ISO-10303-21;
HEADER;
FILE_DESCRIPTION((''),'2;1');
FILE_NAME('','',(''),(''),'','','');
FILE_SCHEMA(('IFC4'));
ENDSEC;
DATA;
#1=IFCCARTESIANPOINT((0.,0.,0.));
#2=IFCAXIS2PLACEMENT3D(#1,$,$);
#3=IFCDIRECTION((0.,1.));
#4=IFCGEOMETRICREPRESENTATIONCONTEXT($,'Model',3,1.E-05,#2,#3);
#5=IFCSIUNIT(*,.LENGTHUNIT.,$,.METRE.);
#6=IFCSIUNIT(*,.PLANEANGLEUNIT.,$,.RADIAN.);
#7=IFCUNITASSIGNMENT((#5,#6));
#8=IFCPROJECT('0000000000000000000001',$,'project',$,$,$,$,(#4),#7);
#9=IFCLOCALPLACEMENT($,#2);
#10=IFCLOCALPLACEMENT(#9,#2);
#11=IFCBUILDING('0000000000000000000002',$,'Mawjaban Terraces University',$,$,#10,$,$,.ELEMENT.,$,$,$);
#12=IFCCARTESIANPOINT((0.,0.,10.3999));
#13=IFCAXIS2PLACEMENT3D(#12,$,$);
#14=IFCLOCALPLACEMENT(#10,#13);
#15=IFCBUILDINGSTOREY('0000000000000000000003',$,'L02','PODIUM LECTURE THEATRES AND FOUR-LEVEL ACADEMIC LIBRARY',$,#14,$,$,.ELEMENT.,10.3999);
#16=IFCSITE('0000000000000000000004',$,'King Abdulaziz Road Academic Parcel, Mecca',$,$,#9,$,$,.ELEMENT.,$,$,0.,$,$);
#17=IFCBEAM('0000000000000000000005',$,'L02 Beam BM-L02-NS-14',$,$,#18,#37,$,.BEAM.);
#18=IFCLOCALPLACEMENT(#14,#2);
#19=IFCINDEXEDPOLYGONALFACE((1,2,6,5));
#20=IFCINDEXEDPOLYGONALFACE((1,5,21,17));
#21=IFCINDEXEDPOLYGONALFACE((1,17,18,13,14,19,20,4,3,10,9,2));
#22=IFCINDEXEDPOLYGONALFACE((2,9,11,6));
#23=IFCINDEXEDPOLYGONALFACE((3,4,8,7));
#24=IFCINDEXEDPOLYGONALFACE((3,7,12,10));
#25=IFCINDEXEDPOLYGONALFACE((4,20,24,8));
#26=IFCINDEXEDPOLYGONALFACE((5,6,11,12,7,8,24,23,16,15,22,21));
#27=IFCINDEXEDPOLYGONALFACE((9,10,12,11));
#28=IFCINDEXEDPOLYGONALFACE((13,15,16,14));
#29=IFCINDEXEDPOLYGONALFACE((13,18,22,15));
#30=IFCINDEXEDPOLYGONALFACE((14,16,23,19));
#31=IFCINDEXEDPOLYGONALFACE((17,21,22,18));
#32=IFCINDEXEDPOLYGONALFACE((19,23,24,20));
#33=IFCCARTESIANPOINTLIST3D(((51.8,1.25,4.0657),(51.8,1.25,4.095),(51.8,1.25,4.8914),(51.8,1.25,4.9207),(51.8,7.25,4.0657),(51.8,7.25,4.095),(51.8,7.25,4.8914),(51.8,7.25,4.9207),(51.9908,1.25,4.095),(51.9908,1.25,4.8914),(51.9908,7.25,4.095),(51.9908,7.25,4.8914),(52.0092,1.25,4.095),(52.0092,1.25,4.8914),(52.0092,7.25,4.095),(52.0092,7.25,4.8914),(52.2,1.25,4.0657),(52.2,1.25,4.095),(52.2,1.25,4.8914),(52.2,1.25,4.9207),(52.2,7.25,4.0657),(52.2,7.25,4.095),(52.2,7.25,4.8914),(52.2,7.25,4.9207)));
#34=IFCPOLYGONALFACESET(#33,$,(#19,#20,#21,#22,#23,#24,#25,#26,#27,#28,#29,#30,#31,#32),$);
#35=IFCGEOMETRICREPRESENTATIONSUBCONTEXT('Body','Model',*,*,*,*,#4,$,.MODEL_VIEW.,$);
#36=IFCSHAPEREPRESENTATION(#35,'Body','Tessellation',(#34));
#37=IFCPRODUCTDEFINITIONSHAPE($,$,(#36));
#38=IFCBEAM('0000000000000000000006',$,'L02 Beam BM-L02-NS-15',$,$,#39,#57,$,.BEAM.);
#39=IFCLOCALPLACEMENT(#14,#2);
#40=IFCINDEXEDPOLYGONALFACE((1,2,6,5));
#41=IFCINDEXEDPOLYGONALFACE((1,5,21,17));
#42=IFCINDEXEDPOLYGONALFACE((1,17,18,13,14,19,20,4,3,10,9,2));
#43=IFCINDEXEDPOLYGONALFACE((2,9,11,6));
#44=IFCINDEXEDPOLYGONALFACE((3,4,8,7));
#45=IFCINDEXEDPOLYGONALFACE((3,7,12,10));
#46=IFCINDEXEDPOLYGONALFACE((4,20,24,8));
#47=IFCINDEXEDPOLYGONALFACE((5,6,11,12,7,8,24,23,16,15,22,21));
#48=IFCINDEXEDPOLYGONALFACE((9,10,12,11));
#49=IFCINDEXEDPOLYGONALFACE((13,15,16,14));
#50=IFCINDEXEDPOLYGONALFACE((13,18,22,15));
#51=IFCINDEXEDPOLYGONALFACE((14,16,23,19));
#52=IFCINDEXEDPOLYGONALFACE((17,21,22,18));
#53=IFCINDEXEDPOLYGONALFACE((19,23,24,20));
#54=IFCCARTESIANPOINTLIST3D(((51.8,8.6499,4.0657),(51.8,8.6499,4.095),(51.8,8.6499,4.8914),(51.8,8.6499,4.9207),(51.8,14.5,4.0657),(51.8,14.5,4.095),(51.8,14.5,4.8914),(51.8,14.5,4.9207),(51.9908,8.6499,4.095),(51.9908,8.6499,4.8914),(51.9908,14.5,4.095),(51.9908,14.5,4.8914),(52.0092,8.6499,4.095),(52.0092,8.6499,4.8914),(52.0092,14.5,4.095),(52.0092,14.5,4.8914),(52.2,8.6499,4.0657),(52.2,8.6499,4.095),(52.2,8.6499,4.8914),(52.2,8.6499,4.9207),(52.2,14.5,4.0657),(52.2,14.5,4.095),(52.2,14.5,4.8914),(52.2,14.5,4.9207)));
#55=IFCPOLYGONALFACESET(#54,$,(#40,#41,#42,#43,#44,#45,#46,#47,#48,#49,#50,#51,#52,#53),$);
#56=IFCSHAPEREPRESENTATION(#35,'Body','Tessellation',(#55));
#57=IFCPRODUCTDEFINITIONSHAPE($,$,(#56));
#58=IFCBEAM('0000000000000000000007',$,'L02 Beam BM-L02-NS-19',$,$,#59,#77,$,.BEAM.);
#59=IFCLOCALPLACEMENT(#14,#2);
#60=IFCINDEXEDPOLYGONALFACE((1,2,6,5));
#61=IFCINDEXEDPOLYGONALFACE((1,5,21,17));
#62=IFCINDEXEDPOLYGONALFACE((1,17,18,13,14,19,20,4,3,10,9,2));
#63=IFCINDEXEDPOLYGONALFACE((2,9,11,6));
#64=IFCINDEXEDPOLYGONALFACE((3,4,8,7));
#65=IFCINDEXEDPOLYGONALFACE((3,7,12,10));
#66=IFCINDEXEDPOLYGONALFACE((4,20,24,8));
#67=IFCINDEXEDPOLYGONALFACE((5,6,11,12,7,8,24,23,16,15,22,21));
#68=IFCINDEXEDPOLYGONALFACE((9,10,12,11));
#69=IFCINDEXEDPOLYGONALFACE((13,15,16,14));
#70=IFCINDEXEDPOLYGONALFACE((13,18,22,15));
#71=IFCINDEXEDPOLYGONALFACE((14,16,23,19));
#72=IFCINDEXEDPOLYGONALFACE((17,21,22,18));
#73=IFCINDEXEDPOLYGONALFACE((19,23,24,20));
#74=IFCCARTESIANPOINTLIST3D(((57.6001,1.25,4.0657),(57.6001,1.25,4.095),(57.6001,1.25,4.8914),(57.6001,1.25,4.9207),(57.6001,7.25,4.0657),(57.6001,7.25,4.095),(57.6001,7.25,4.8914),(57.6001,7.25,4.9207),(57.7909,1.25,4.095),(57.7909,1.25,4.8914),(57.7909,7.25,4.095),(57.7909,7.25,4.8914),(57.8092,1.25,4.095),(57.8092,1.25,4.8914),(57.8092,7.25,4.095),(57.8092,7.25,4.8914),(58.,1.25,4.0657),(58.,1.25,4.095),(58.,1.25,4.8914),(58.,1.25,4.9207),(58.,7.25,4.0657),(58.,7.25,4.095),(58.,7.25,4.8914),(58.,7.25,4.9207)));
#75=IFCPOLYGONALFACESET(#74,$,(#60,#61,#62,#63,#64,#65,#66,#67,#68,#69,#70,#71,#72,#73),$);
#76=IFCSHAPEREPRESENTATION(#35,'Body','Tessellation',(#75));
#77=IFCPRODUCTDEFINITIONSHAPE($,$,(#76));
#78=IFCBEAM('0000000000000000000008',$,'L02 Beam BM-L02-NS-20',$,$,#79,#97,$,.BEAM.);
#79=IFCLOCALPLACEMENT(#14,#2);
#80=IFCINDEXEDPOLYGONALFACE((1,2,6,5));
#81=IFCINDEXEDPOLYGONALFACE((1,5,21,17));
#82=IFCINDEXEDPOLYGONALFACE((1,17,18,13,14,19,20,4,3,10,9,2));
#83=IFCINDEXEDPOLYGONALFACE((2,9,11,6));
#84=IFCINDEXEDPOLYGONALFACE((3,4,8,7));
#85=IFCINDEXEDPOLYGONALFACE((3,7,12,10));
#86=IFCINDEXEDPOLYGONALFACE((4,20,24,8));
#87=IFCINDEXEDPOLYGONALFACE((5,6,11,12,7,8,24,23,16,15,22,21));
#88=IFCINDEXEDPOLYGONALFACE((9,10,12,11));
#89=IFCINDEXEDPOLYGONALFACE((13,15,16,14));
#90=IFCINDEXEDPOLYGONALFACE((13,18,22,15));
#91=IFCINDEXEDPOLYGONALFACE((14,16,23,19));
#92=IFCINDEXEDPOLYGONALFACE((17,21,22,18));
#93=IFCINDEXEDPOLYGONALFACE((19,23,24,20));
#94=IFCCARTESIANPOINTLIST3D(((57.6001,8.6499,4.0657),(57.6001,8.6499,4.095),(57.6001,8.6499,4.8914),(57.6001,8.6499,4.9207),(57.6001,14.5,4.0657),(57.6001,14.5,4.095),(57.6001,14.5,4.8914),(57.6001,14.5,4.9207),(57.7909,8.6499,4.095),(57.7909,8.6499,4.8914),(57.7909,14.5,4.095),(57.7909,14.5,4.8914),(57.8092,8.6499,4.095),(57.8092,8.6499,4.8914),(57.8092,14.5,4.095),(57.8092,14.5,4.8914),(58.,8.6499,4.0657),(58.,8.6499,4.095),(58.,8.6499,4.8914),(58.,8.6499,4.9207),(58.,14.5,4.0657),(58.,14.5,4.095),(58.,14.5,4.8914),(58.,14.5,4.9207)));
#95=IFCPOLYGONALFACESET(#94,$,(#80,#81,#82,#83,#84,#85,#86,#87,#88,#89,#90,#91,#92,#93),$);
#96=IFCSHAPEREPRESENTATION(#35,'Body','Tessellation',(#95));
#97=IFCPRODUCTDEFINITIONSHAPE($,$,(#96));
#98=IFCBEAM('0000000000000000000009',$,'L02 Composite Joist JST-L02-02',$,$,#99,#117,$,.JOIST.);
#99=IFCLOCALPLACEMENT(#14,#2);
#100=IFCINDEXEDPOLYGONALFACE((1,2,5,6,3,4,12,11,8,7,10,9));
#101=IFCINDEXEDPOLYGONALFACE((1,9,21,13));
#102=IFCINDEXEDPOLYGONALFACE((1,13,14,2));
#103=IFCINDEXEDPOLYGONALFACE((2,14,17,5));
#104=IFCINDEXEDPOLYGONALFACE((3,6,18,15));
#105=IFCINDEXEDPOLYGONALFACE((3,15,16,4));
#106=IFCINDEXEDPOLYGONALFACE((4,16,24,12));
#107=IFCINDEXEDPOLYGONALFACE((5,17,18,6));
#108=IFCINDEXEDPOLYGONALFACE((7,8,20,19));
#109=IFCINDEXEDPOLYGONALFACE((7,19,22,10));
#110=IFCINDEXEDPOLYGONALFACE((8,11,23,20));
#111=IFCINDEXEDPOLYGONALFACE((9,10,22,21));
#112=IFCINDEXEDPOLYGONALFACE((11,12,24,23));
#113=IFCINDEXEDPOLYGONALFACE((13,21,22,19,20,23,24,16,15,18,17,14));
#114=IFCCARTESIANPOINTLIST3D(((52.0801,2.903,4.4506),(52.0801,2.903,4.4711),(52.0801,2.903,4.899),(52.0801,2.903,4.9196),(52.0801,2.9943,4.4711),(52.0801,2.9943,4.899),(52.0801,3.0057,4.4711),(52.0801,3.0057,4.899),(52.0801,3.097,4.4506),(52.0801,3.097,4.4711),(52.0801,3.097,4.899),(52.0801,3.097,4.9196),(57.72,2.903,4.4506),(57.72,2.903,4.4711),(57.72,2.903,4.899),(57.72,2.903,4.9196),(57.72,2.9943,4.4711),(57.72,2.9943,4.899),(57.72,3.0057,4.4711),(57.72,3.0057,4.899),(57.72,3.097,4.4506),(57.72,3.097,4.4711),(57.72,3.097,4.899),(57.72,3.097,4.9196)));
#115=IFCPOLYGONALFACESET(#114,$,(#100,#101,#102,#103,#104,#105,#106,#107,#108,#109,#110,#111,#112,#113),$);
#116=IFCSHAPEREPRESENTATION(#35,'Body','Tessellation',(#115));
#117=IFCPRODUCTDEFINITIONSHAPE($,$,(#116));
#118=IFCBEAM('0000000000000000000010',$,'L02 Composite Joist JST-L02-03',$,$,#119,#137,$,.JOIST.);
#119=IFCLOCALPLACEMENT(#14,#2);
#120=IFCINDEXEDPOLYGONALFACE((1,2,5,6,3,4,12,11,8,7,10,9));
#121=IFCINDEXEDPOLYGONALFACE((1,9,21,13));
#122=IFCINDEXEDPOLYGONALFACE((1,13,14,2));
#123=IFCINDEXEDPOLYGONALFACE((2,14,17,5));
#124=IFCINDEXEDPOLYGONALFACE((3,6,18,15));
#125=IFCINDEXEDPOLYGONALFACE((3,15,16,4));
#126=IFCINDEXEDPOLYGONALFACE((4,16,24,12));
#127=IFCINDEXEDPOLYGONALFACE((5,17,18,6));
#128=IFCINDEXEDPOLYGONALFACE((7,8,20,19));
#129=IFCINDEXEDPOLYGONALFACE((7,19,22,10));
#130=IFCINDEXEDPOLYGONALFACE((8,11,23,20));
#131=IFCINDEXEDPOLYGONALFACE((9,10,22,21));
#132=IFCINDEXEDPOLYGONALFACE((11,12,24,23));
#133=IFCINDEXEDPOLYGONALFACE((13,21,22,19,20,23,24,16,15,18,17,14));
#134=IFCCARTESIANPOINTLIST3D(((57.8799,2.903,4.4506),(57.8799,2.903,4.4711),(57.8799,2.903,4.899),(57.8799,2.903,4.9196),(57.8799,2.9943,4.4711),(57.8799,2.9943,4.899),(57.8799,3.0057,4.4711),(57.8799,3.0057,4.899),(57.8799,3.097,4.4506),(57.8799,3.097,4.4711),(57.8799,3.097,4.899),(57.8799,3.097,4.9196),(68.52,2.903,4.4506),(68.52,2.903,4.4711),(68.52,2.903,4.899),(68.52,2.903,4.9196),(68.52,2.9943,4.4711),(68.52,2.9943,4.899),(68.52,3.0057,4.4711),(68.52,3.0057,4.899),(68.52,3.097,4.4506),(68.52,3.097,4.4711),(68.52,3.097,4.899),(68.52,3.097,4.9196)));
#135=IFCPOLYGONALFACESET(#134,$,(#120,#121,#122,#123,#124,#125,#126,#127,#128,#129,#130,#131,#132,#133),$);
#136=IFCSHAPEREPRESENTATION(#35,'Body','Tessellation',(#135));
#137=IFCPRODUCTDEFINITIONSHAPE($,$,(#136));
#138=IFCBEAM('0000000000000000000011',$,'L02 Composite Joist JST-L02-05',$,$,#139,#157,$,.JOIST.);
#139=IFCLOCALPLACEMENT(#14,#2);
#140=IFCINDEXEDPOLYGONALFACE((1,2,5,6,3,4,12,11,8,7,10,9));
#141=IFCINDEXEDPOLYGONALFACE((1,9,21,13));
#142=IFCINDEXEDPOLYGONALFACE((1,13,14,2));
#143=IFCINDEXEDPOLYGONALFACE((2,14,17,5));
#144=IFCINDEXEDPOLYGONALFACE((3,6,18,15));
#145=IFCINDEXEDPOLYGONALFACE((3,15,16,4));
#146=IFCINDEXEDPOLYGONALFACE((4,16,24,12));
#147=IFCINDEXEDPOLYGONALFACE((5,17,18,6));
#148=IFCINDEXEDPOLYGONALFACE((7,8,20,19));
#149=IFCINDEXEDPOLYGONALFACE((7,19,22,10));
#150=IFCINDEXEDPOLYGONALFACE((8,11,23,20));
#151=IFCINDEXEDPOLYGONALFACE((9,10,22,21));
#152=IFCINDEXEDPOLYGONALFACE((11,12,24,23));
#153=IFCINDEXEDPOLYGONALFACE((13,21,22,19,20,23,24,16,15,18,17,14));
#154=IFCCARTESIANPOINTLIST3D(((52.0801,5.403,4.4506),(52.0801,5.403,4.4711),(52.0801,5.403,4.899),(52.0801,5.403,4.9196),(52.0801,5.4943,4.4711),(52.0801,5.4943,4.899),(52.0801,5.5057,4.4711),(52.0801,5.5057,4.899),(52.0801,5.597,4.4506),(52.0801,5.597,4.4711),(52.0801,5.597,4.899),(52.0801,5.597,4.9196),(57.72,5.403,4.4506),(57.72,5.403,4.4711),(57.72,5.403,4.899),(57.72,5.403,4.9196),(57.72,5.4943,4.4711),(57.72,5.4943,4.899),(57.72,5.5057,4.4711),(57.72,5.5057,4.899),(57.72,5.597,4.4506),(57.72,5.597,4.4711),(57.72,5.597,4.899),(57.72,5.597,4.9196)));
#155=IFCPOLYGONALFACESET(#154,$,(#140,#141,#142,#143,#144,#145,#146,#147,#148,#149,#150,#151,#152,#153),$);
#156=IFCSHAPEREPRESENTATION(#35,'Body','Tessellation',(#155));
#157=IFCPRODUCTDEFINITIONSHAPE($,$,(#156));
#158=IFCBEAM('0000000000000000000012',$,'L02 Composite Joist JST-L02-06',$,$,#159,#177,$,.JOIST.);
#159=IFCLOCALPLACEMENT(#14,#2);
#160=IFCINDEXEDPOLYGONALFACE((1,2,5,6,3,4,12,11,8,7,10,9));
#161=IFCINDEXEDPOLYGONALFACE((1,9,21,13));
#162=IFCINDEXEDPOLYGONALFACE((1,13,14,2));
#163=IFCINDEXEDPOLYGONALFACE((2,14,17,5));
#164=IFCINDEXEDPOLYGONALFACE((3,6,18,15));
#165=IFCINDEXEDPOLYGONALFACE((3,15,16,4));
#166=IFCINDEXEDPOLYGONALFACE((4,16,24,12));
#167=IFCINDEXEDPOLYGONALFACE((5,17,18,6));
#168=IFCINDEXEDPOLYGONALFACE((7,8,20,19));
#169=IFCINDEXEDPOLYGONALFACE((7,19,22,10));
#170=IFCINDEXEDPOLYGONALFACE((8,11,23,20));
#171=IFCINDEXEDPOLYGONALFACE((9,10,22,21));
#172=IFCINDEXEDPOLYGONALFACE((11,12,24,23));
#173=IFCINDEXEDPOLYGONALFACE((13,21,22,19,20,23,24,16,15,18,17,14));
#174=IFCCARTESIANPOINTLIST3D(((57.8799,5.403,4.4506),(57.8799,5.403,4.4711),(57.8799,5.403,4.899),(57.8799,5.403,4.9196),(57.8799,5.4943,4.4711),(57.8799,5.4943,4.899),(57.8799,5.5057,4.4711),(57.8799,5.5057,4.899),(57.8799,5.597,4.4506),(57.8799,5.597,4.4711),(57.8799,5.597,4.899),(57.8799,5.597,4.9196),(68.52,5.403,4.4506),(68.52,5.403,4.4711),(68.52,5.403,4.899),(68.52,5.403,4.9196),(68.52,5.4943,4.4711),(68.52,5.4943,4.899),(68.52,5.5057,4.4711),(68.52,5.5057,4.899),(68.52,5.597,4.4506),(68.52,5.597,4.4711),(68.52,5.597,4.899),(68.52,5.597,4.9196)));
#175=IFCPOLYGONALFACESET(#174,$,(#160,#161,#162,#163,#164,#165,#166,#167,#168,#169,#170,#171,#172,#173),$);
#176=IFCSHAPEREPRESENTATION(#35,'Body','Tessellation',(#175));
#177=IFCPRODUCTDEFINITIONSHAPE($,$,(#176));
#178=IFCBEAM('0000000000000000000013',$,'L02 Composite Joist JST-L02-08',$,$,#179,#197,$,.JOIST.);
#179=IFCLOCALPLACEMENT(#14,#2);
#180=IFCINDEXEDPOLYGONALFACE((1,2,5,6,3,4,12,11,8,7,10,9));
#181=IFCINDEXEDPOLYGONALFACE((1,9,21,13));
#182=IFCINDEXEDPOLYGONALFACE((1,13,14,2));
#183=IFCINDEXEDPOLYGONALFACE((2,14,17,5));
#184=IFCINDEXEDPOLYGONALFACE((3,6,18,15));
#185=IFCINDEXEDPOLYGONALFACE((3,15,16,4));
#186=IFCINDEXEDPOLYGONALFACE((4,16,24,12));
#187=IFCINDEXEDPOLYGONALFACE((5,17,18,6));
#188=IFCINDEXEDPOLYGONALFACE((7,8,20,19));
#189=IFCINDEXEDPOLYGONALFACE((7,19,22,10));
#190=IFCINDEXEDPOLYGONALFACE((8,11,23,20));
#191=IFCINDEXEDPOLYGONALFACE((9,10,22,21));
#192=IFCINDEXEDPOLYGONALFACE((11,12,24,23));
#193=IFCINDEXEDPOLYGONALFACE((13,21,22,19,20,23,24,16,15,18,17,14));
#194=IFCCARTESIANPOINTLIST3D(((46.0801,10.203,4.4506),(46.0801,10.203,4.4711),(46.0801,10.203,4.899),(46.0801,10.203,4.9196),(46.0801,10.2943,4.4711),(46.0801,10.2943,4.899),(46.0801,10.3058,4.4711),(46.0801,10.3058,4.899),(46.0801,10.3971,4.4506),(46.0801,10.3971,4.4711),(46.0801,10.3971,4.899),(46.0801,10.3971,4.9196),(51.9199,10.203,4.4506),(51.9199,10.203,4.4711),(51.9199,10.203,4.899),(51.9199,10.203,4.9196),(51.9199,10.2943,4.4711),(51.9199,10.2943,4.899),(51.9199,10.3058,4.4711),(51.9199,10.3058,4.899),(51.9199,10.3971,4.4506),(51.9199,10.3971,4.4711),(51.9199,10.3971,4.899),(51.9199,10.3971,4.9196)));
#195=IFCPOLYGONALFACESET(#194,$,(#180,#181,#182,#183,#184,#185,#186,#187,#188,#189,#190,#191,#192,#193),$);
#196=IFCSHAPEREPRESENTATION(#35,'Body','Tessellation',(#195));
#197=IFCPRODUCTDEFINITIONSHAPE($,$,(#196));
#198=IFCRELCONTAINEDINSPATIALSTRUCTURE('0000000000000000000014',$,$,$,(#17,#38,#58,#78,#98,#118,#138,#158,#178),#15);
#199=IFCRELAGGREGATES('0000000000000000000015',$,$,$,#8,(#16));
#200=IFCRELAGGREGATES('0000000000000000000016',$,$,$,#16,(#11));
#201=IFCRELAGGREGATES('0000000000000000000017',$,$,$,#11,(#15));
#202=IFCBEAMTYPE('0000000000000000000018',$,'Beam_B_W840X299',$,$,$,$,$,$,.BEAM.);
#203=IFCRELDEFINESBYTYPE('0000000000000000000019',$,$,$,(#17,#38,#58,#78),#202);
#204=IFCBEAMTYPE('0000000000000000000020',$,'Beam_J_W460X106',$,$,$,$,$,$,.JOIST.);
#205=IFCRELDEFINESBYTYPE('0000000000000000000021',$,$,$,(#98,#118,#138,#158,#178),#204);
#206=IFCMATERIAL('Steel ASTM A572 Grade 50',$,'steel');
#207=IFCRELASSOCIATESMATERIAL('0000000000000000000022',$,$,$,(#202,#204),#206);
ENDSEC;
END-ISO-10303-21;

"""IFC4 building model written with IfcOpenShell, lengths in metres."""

from ifc_helpers import new_model, si_unit, direction, frame, origin, origin_2d, place, context, subcontext, project, spatial, i_section, extrude, material, material_profile, profile_set, type_object, element, save


model = new_model("IFC4")

# Units and contexts
model_context = context("Model", 3, precision=1e-05, world=origin(), true_north=direction((0.0, 1.0)))
body_context = subcontext(model_context, "Body", "Model", "MODEL_VIEW")
ifc_project = project(units=[si_unit("LENGTHUNIT", "METRE"), si_unit("PLANEANGLEUNIT", "RADIAN")], contexts=[model_context])

# Site, building, storey
site_placement = place(None, origin())
site = spatial("IfcSite", under=ifc_project, at=site_placement, Name="King Abdulaziz Road Academic Parcel, Mecca", CompositionType="ELEMENT", RefElevation=0.0)
building_placement = place(site_placement, origin())
building = spatial("IfcBuilding", under=site, at=building_placement, Name="Mawjaban Terraces University", CompositionType="ELEMENT")
storey_placement = place(building_placement, frame((0.0, 0.0, 10.3999)))
storey = spatial("IfcBuildingStorey", under=building, at=storey_placement, Name="L02", Description="PODIUM LECTURE THEATRES AND FOUR-LEVEL ACADEMIC LIBRARY", CompositionType="ELEMENT", Elevation=10.3999)

# Beams
ifc_material_1 = material(Name="Steel ASTM A572 Grade 50", Category="steel")
ifc_material_profile_1 = material_profile(ifc_material_1, i_section(OverallWidth=0.3999, OverallDepth=0.855, WebThickness=0.0183, FlangeThickness=0.0293, at=origin_2d()), Name="W840X299")
ifc_profile_set_1 = profile_set([ifc_material_profile_1], Name="Steel ASTM A572 Grade 50")
beam_type_1 = type_object("IfcBeamType", Name="Beam_B_W840X299", PredefinedType="BEAM", material=ifc_profile_set_1)
beam_1_placement = place(storey_placement, frame((52.0, 1.25, 4.4932), z_axis=(0.0, 1.0, 0.0), x_axis=(-1.0, 0.0, 0.0)))
element("IfcBeam", 1, at=beam_1_placement, inside=storey, type_object=beam_type_1, Name="L02 Beam BM-L02-NS-14", PredefinedType="BEAM", context=body_context, shape_type="SweptSolid", body=[
    extrude(i_section(OverallWidth=0.3999, OverallDepth=0.855, WebThickness=0.0183, FlangeThickness=0.0293, at=origin_2d()), origin(), (0.0, 0.0, 1.0), 6.0),
])
beam_2_placement = place(storey_placement, frame((52.0, 8.6499, 4.4932), z_axis=(0.0, 1.0, 0.0), x_axis=(-1.0, 0.0, 0.0)))
element("IfcBeam", 2, at=beam_2_placement, inside=storey, type_object=beam_type_1, Name="L02 Beam BM-L02-NS-15", PredefinedType="BEAM", context=body_context, shape_type="SweptSolid", body=[
    extrude(i_section(OverallWidth=0.3999, OverallDepth=0.855, WebThickness=0.0183, FlangeThickness=0.0293, at=origin_2d()), origin(), (0.0, 0.0, 1.0), 5.8501),
])
beam_3_placement = place(storey_placement, frame((57.8, 1.25, 4.4932), z_axis=(0.0, 1.0, 0.0), x_axis=(-1.0, 0.0, 0.0)))
element("IfcBeam", 3, at=beam_3_placement, inside=storey, type_object=beam_type_1, Name="L02 Beam BM-L02-NS-19", PredefinedType="BEAM", context=body_context, shape_type="SweptSolid", body=[
    extrude(i_section(OverallWidth=0.3999, OverallDepth=0.855, WebThickness=0.0183, FlangeThickness=0.0293, at=origin_2d()), origin(), (0.0, 0.0, 1.0), 6.0),
])
beam_4_placement = place(storey_placement, frame((57.8, 8.6499, 4.4932), z_axis=(0.0, 1.0, 0.0), x_axis=(-1.0, 0.0, 0.0)))
element("IfcBeam", 4, at=beam_4_placement, inside=storey, type_object=beam_type_1, Name="L02 Beam BM-L02-NS-20", PredefinedType="BEAM", context=body_context, shape_type="SweptSolid", body=[
    extrude(i_section(OverallWidth=0.3999, OverallDepth=0.855, WebThickness=0.0183, FlangeThickness=0.0293, at=origin_2d()), origin(), (0.0, 0.0, 1.0), 5.8501),
])
ifc_material_profile_2 = material_profile(ifc_material_1, i_section(OverallWidth=0.1941, OverallDepth=0.469, WebThickness=0.0115, FlangeThickness=0.0205, at=origin_2d()), Name="W460X106")
ifc_profile_set_2 = profile_set([ifc_material_profile_2], Name="Steel ASTM A572 Grade 50")
beam_type_2 = type_object("IfcBeamType", Name="Beam_J_W460X106", PredefinedType="JOIST", material=ifc_profile_set_2)
beam_5_placement = place(storey_placement, frame((52.0801, 3.0, 4.6851), z_axis=(1.0, 0.0, 0.0), x_axis=(0.0, 1.0, 0.0)))
element("IfcBeam", 5, at=beam_5_placement, inside=storey, type_object=beam_type_2, Name="L02 Composite Joist JST-L02-02", PredefinedType="JOIST", context=body_context, shape_type="SweptSolid", body=[
    extrude(i_section(OverallWidth=0.1941, OverallDepth=0.469, WebThickness=0.0115, FlangeThickness=0.0205, at=origin_2d()), origin(), (0.0, 0.0, 1.0), 5.6399),
])
beam_6_placement = place(storey_placement, frame((57.8799, 3.0, 4.6851), z_axis=(1.0, 0.0, 0.0), x_axis=(0.0, 1.0, 0.0)))
element("IfcBeam", 6, at=beam_6_placement, inside=storey, type_object=beam_type_2, Name="L02 Composite Joist JST-L02-03", PredefinedType="JOIST", context=body_context, shape_type="SweptSolid", body=[
    extrude(i_section(OverallWidth=0.1941, OverallDepth=0.469, WebThickness=0.0115, FlangeThickness=0.0205, at=origin_2d()), origin(), (0.0, 0.0, 1.0), 10.6401),
])
beam_7_placement = place(storey_placement, frame((52.0801, 5.5, 4.6851), z_axis=(1.0, 0.0, 0.0), x_axis=(0.0, 1.0, 0.0)))
element("IfcBeam", 7, at=beam_7_placement, inside=storey, type_object=beam_type_2, Name="L02 Composite Joist JST-L02-05", PredefinedType="JOIST", context=body_context, shape_type="SweptSolid", body=[
    extrude(i_section(OverallWidth=0.1941, OverallDepth=0.469, WebThickness=0.0115, FlangeThickness=0.0205, at=origin_2d()), origin(), (0.0, 0.0, 1.0), 5.6399),
])
beam_8_placement = place(storey_placement, frame((57.8799, 5.5, 4.6851), z_axis=(1.0, 0.0, 0.0), x_axis=(0.0, 1.0, 0.0)))
element("IfcBeam", 8, at=beam_8_placement, inside=storey, type_object=beam_type_2, Name="L02 Composite Joist JST-L02-06", PredefinedType="JOIST", context=body_context, shape_type="SweptSolid", body=[
    extrude(i_section(OverallWidth=0.1941, OverallDepth=0.469, WebThickness=0.0115, FlangeThickness=0.0205, at=origin_2d()), origin(), (0.0, 0.0, 1.0), 10.6401),
])
beam_9_placement = place(storey_placement, frame((46.0801, 10.3, 4.6851), z_axis=(1.0, 0.0, 0.0), x_axis=(0.0, 1.0, 0.0)))
element("IfcBeam", 9, at=beam_9_placement, inside=storey, type_object=beam_type_2, Name="L02 Composite Joist JST-L02-08", PredefinedType="JOIST", context=body_context, shape_type="SweptSolid", body=[
    extrude(i_section(OverallWidth=0.1941, OverallDepth=0.469, WebThickness=0.0115, FlangeThickness=0.0205, at=origin_2d()), origin(), (0.0, 0.0, 1.0), 5.8398),
])

save(model, "model.ifc")
